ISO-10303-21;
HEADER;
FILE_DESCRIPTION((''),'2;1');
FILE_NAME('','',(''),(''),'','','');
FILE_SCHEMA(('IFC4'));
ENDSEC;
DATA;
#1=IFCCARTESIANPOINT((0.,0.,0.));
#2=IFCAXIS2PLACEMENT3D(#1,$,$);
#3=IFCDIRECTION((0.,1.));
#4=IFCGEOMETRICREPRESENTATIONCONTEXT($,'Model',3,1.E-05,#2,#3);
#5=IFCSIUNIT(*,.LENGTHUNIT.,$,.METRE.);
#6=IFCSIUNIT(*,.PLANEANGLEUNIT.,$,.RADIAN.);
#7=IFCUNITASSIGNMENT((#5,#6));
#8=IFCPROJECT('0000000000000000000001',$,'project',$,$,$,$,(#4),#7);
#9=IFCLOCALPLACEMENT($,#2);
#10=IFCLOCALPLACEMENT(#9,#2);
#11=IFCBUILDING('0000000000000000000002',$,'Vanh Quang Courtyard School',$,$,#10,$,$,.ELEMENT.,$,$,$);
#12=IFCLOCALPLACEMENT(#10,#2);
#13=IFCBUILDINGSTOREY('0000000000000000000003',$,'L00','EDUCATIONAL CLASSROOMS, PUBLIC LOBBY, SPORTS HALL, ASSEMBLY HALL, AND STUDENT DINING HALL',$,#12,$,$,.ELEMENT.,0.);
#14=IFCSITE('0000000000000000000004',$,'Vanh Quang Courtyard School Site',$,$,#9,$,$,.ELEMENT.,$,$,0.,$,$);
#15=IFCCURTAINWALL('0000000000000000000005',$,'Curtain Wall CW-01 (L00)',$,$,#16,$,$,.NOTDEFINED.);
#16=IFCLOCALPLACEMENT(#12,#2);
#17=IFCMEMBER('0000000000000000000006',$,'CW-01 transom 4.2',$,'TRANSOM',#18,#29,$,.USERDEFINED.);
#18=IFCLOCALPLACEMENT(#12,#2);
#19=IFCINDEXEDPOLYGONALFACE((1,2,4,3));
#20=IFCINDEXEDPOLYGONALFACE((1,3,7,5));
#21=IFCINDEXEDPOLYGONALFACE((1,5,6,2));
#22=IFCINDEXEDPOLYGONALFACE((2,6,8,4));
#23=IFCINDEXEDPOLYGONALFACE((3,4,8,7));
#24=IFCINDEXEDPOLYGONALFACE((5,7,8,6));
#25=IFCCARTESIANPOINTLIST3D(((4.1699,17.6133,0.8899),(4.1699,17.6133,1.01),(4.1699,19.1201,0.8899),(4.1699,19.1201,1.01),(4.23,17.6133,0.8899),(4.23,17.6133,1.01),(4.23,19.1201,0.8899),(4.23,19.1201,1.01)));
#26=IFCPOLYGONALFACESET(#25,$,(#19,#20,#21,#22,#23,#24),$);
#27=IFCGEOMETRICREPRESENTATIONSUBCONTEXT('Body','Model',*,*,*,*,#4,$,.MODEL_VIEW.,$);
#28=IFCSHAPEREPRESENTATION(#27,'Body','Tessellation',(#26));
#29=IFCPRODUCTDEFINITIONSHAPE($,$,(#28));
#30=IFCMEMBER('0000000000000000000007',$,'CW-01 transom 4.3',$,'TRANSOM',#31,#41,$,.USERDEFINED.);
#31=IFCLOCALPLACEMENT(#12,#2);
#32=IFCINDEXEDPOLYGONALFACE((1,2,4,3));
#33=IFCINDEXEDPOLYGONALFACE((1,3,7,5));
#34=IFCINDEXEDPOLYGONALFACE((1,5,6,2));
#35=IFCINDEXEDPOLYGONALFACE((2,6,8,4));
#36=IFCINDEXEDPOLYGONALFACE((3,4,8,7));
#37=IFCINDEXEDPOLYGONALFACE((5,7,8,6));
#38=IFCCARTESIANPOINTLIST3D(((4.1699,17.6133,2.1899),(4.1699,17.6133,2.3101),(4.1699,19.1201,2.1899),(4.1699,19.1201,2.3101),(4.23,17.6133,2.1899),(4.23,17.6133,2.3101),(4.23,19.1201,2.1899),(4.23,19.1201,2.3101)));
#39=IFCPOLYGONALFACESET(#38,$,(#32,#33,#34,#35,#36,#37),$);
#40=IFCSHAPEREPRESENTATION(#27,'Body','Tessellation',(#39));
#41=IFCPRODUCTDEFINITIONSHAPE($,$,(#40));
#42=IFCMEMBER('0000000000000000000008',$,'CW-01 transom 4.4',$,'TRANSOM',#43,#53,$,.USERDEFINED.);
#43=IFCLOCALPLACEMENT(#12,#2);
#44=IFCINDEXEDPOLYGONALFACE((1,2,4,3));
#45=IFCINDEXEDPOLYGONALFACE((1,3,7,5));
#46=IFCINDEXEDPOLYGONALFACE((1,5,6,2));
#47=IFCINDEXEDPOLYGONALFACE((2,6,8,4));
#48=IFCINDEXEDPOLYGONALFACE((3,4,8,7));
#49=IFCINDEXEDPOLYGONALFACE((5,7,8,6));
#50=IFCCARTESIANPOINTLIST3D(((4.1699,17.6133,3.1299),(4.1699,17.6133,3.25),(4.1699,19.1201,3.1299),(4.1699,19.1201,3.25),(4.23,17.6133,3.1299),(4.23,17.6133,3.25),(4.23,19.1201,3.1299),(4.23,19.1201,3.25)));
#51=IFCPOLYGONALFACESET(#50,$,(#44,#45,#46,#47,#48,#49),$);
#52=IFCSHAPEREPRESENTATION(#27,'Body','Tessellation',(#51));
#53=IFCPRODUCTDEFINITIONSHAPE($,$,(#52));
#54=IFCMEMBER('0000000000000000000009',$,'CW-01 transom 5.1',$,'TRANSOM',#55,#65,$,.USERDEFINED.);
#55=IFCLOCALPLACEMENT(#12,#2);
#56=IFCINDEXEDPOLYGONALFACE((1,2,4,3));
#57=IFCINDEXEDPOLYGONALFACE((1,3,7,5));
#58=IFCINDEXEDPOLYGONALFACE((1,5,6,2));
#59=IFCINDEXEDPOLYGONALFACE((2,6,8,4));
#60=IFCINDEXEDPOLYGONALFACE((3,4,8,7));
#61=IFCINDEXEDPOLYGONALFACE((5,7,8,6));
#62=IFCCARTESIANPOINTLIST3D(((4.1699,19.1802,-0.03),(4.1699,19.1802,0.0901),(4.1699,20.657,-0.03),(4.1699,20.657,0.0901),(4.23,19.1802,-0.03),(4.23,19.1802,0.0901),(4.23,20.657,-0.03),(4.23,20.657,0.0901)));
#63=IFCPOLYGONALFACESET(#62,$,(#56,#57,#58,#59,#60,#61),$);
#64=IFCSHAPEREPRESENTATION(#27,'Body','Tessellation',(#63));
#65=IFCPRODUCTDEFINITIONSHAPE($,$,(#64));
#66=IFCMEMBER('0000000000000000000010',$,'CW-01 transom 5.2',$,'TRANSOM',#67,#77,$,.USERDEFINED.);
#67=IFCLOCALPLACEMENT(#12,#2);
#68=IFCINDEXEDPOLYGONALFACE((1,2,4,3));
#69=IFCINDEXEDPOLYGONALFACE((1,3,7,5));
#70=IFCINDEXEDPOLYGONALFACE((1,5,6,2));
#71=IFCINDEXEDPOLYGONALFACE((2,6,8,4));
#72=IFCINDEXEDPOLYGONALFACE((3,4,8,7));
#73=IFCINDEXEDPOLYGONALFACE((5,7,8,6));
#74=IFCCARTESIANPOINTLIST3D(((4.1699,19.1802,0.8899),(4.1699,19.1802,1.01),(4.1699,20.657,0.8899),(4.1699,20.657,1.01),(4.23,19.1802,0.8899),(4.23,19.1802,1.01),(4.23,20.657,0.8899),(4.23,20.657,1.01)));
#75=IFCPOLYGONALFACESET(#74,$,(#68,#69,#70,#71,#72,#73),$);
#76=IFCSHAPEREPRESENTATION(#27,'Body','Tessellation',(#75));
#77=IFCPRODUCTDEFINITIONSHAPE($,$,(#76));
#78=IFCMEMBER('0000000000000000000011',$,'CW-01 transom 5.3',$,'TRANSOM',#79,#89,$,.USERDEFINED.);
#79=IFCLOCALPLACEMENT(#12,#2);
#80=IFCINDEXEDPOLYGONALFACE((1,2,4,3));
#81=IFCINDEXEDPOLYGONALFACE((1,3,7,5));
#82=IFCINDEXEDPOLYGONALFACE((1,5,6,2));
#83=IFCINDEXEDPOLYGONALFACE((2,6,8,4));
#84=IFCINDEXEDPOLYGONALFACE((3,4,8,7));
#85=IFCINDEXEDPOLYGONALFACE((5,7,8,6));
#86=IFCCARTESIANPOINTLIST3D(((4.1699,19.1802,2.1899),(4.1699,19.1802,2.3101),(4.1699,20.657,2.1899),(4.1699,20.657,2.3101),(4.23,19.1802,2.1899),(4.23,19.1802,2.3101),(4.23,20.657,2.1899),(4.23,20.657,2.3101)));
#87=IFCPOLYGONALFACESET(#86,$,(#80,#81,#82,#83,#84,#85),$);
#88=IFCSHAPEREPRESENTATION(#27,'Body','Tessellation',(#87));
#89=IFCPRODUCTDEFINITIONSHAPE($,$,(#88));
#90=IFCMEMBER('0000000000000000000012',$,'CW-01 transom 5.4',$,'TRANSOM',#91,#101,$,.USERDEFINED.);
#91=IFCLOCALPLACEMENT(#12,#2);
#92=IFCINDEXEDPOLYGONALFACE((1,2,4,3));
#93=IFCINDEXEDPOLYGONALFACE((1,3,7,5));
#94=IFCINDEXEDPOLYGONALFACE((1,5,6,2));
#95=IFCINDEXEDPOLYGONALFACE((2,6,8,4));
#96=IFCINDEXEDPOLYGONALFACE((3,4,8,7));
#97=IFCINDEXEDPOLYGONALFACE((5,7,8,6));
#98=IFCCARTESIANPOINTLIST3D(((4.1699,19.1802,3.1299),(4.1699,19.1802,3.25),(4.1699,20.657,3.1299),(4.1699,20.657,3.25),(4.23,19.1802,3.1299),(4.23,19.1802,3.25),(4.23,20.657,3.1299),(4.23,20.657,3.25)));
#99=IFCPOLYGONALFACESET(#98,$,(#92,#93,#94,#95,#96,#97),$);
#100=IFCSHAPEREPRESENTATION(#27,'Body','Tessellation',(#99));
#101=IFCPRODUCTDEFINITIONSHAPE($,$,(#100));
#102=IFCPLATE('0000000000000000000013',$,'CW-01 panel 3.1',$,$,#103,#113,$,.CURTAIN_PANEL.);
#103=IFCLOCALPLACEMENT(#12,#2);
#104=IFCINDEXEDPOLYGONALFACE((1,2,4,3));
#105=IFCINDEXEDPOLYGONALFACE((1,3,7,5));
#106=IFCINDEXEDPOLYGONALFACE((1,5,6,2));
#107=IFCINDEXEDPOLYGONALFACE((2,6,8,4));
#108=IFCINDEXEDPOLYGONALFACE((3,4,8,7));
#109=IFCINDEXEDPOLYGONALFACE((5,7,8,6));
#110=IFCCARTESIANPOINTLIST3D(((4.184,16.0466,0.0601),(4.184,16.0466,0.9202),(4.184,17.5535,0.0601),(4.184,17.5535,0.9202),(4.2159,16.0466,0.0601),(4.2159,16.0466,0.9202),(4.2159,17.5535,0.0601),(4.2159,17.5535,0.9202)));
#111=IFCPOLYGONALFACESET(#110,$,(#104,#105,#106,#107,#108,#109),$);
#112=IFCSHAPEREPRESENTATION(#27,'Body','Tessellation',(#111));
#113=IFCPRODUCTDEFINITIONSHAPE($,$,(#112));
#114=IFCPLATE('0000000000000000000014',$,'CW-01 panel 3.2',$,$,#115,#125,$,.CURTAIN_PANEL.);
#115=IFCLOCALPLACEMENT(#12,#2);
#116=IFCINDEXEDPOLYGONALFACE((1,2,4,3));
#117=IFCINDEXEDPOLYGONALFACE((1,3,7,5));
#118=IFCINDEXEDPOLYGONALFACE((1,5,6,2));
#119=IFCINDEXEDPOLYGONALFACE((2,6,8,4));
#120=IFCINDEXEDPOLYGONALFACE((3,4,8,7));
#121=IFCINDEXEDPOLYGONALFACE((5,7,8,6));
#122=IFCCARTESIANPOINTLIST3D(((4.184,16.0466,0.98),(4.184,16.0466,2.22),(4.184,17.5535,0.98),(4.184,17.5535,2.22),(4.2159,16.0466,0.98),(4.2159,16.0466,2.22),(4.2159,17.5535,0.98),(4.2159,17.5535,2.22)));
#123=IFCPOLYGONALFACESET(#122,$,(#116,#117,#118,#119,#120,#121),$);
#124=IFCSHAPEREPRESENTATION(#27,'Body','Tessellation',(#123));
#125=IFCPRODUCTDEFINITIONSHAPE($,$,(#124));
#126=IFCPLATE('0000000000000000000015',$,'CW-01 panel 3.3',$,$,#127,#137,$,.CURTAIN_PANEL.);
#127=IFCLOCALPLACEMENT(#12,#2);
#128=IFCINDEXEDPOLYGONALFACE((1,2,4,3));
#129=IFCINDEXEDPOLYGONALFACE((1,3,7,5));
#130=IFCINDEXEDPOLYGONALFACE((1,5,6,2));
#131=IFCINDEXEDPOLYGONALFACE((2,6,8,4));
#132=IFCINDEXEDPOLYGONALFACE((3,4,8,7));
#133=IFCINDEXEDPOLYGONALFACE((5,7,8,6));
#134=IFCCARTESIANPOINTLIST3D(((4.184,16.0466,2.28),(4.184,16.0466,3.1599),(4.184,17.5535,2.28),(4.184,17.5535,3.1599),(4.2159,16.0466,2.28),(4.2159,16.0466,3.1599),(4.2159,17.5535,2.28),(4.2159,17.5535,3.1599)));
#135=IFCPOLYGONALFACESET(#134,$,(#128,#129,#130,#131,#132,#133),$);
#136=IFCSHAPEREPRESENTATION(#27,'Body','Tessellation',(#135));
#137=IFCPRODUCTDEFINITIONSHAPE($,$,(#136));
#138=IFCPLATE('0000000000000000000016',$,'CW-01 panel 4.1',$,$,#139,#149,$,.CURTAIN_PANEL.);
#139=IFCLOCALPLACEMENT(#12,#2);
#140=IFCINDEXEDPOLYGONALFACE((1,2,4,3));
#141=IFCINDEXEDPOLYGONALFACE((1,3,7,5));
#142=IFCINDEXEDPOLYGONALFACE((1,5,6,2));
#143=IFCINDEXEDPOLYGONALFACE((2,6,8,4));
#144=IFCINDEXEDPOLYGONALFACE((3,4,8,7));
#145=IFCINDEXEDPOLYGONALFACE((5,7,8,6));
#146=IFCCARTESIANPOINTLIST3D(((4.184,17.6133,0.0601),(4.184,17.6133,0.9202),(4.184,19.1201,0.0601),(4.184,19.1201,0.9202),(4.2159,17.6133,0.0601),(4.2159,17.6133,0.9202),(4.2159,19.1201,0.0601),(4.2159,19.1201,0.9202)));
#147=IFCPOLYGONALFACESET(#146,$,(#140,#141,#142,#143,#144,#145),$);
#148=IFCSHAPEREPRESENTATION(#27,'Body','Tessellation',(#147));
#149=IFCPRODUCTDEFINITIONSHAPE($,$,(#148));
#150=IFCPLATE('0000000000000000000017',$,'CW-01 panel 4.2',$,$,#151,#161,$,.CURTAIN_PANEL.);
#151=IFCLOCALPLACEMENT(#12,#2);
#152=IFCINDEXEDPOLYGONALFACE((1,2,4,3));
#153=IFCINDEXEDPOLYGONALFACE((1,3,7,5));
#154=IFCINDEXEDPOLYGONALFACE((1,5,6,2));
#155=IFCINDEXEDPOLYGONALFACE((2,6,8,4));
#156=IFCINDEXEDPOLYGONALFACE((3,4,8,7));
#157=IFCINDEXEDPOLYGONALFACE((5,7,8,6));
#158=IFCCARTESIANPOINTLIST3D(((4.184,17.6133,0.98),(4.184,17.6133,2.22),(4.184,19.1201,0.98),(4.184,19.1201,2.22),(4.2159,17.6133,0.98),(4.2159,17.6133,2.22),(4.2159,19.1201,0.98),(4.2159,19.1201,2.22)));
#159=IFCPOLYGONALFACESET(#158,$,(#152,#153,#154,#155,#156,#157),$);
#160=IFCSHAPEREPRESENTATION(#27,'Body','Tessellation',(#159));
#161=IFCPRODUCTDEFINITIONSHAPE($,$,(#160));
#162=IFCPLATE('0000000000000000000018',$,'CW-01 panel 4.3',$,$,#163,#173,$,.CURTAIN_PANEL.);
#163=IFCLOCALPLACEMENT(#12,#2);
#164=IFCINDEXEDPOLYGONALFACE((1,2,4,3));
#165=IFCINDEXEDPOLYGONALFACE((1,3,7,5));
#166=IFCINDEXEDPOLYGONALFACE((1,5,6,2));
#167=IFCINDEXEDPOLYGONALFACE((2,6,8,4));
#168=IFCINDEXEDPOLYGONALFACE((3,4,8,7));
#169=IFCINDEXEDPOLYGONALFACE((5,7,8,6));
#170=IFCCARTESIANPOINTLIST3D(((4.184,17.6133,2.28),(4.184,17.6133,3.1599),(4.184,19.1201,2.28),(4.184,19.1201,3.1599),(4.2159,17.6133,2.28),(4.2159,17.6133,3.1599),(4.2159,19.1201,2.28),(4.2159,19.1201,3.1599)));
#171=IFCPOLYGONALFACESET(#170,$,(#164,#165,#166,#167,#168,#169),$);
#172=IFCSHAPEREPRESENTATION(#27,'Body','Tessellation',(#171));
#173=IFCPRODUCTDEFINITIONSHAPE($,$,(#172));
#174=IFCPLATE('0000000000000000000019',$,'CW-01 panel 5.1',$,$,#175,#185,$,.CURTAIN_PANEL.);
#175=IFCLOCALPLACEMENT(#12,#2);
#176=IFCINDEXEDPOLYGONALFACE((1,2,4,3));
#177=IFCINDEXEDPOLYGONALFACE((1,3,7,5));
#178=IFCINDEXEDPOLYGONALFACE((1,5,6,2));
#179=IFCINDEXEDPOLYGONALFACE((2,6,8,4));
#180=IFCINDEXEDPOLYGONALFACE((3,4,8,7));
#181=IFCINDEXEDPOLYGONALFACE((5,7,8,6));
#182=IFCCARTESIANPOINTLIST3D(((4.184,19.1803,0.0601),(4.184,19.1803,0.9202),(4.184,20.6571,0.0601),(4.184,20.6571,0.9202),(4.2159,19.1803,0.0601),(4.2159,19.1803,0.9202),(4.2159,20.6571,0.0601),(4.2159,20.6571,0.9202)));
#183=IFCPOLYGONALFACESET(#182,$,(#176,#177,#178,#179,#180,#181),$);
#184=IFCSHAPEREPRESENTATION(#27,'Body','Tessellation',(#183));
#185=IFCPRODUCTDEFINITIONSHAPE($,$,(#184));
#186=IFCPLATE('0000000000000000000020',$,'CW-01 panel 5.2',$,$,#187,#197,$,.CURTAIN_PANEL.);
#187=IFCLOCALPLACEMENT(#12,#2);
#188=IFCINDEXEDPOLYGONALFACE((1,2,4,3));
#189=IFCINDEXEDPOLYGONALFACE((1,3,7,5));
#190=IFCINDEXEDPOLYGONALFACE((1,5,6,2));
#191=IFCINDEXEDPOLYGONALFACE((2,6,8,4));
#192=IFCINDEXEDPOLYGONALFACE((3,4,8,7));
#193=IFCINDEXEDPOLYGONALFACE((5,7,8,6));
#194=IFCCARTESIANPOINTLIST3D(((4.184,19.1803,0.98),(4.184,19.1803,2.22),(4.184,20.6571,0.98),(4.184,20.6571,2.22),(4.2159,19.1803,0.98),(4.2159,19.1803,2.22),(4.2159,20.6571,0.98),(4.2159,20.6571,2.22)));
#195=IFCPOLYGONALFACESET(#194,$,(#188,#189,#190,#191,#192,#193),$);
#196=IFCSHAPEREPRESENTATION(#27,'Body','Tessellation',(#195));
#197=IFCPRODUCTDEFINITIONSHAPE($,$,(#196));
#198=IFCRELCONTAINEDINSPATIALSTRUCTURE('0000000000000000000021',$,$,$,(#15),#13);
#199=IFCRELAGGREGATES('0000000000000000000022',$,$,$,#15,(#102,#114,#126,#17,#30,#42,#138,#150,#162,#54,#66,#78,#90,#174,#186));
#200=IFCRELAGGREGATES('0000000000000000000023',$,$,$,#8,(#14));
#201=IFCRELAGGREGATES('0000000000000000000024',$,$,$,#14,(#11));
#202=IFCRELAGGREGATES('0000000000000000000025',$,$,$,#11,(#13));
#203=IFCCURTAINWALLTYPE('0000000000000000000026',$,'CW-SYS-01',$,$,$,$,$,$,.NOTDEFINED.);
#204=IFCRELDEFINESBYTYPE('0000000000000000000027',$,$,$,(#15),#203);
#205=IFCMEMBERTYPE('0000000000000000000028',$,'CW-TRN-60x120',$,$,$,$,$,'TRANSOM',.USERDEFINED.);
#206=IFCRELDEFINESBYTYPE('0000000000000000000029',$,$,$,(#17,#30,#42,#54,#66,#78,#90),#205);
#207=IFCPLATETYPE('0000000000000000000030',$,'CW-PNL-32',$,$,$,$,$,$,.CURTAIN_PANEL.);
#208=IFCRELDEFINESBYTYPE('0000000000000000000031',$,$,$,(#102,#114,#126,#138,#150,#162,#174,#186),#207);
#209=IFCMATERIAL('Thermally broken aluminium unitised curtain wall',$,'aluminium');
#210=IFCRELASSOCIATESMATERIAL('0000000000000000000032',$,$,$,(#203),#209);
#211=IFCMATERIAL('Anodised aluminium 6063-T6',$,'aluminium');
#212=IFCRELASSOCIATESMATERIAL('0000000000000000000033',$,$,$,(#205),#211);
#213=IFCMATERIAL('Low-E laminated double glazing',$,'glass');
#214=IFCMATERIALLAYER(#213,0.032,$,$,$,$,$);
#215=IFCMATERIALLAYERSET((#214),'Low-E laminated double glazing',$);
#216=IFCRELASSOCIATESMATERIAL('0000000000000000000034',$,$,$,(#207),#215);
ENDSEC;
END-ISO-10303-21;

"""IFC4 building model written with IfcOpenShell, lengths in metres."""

from ifc_helpers import new_model, si_unit, direction, frame, origin, origin_2d, place, context, subcontext, project, spatial, rectangle, extrude, material, layer, layer_set, material_profile, profile_set, type_object, element, aggregate, save


model = new_model("IFC4")

# Units and contexts
model_context = context("Model", 3, precision=1e-05, world=origin(), true_north=direction((0.0, 1.0)))
body_context = subcontext(model_context, "Body", "Model", "MODEL_VIEW")
ifc_project = project(units=[si_unit("LENGTHUNIT", "METRE"), si_unit("PLANEANGLEUNIT", "RADIAN")], contexts=[model_context])

# Site, building, storey
site_placement = place(None, origin())
site = spatial("IfcSite", under=ifc_project, at=site_placement, Name="Vanh Quang Courtyard School Site", CompositionType="ELEMENT", RefElevation=0.0)
building_placement = place(site_placement, origin())
building = spatial("IfcBuilding", under=site, at=building_placement, Name="Vanh Quang Courtyard School", CompositionType="ELEMENT")
storey_placement = place(building_placement, origin())
storey = spatial("IfcBuildingStorey", under=building, at=storey_placement, Name="L00", Description="EDUCATIONAL CLASSROOMS, PUBLIC LOBBY, SPORTS HALL, ASSEMBLY HALL, AND STUDENT DINING HALL", CompositionType="ELEMENT", Elevation=0.0)

# Curtain wall, members, plates
ifc_material_1 = material(Name="Thermally broken aluminium unitised curtain wall", Category="aluminium")
curtain_wall_type = type_object("IfcCurtainWallType", Name="CW-SYS-01", PredefinedType="NOTDEFINED", material=ifc_material_1)
curtain_wall_placement = place(storey_placement, origin())
curtain_wall = element("IfcCurtainWall", 1, at=curtain_wall_placement, inside=storey, type_object=curtain_wall_type, Name="Curtain Wall CW-01 (L00)", PredefinedType="NOTDEFINED")
ifc_material_2 = material(Name="Anodised aluminium 6063-T6", Category="aluminium")
ifc_material_profile_1 = material_profile(ifc_material_2, rectangle(XDim=0.0601, YDim=0.1201, at=origin_2d()), Name="ALU-TRN 60x120")
ifc_profile_set_1 = profile_set([ifc_material_profile_1], Name="Anodised aluminium 6063-T6")
member_type_1 = type_object("IfcMemberType", Name="CW-TRN-60x120", ElementType="TRANSOM", PredefinedType="USERDEFINED", material=ifc_profile_set_1)
member_1_placement = place(storey_placement, frame((4.2, 17.6133, 0.95), z_axis=(0.0, 1.0, 0.0), x_axis=(-1.0, 0.0, 0.0)))
member_1 = element("IfcMember", 2, at=member_1_placement, type_object=member_type_1, Name="CW-01 transom 4.2", ObjectType="TRANSOM", PredefinedType="USERDEFINED", context=body_context, shape_type="SweptSolid", body=[
    extrude(rectangle(XDim=0.0601, YDim=0.1201, at=origin_2d()), origin(), (0.0, 0.0, 1.0), 1.5068),
])
member_2_placement = place(storey_placement, frame((4.2, 17.6133, 2.25), z_axis=(0.0, 1.0, 0.0), x_axis=(-1.0, 0.0, 0.0)))
member_2 = element("IfcMember", 3, at=member_2_placement, type_object=member_type_1, Name="CW-01 transom 4.3", ObjectType="TRANSOM", PredefinedType="USERDEFINED", context=body_context, shape_type="SweptSolid", body=[
    extrude(rectangle(XDim=0.0601, YDim=0.1201, at=origin_2d()), origin(), (0.0, 0.0, 1.0), 1.5068),
])
member_3_placement = place(storey_placement, frame((4.2, 17.6133, 3.1899), z_axis=(0.0, 1.0, 0.0), x_axis=(-1.0, 0.0, 0.0)))
member_3 = element("IfcMember", 4, at=member_3_placement, type_object=member_type_1, Name="CW-01 transom 4.4", ObjectType="TRANSOM", PredefinedType="USERDEFINED", context=body_context, shape_type="SweptSolid", body=[
    extrude(rectangle(XDim=0.0601, YDim=0.1201, at=origin_2d()), origin(), (0.0, 0.0, 1.0), 1.5068),
])
member_4_placement = place(storey_placement, frame((4.2, 19.1802, 0.03), z_axis=(0.0, 1.0, 0.0), x_axis=(-1.0, 0.0, 0.0)))
member_4 = element("IfcMember", 5, at=member_4_placement, type_object=member_type_1, Name="CW-01 transom 5.1", ObjectType="TRANSOM", PredefinedType="USERDEFINED", context=body_context, shape_type="SweptSolid", body=[
    extrude(rectangle(XDim=0.0601, YDim=0.1201, at=origin_2d()), origin(), (0.0, 0.0, 1.0), 1.4768),
])
member_5_placement = place(storey_placement, frame((4.2, 19.1802, 0.95), z_axis=(0.0, 1.0, 0.0), x_axis=(-1.0, 0.0, 0.0)))
member_5 = element("IfcMember", 6, at=member_5_placement, type_object=member_type_1, Name="CW-01 transom 5.2", ObjectType="TRANSOM", PredefinedType="USERDEFINED", context=body_context, shape_type="SweptSolid", body=[
    extrude(rectangle(XDim=0.0601, YDim=0.1201, at=origin_2d()), origin(), (0.0, 0.0, 1.0), 1.4768),
])
member_6_placement = place(storey_placement, frame((4.2, 19.1802, 2.25), z_axis=(0.0, 1.0, 0.0), x_axis=(-1.0, 0.0, 0.0)))
member_6 = element("IfcMember", 7, at=member_6_placement, type_object=member_type_1, Name="CW-01 transom 5.3", ObjectType="TRANSOM", PredefinedType="USERDEFINED", context=body_context, shape_type="SweptSolid", body=[
    extrude(rectangle(XDim=0.0601, YDim=0.1201, at=origin_2d()), origin(), (0.0, 0.0, 1.0), 1.4768),
])
member_7_placement = place(storey_placement, frame((4.2, 19.1802, 3.1899), z_axis=(0.0, 1.0, 0.0), x_axis=(-1.0, 0.0, 0.0)))
member_7 = element("IfcMember", 8, at=member_7_placement, type_object=member_type_1, Name="CW-01 transom 5.4", ObjectType="TRANSOM", PredefinedType="USERDEFINED", context=body_context, shape_type="SweptSolid", body=[
    extrude(rectangle(XDim=0.0601, YDim=0.1201, at=origin_2d()), origin(), (0.0, 0.0, 1.0), 1.4768),
])
ifc_material_3 = material(Name="Low-E laminated double glazing", Category="glass")
ifc_layer_1 = layer(ifc_material_3, 0.032)
ifc_layer_set_1 = layer_set([ifc_layer_1], Name="Low-E laminated double glazing")
plate_type = type_object("IfcPlateType", Name="CW-PNL-32", PredefinedType="CURTAIN_PANEL", material=ifc_layer_set_1)
plate_1_placement = place(storey_placement, frame((4.2, 16.8, 0.0601), z_axis=(0.0, 0.0, 1.0), x_axis=(0.0, 1.0, 0.0)))
plate_1 = element("IfcPlate", 9, at=plate_1_placement, type_object=plate_type, Name="CW-01 panel 3.1", PredefinedType="CURTAIN_PANEL", context=body_context, shape_type="SweptSolid", body=[
    extrude(rectangle(XDim=1.5068, YDim=0.032, at=origin_2d()), origin(), (0.0, 0.0, 1.0), 0.8601),
])
plate_2_placement = place(storey_placement, frame((4.2, 16.8, 0.98), z_axis=(0.0, 0.0, 1.0), x_axis=(0.0, 1.0, 0.0)))
plate_2 = element("IfcPlate", 10, at=plate_2_placement, type_object=plate_type, Name="CW-01 panel 3.2", PredefinedType="CURTAIN_PANEL", context=body_context, shape_type="SweptSolid", body=[
    extrude(rectangle(XDim=1.5068, YDim=0.032, at=origin_2d()), origin(), (0.0, 0.0, 1.0), 1.24),
])
plate_3_placement = place(storey_placement, frame((4.2, 16.8, 2.28), z_axis=(0.0, 0.0, 1.0), x_axis=(0.0, 1.0, 0.0)))
plate_3 = element("IfcPlate", 11, at=plate_3_placement, type_object=plate_type, Name="CW-01 panel 3.3", PredefinedType="CURTAIN_PANEL", context=body_context, shape_type="SweptSolid", body=[
    extrude(rectangle(XDim=1.5068, YDim=0.032, at=origin_2d()), origin(), (0.0, 0.0, 1.0), 0.8799),
])
plate_4_placement = place(storey_placement, frame((4.2, 18.3667, 0.0601), z_axis=(0.0, 0.0, 1.0), x_axis=(0.0, 1.0, 0.0)))
plate_4 = element("IfcPlate", 12, at=plate_4_placement, type_object=plate_type, Name="CW-01 panel 4.1", PredefinedType="CURTAIN_PANEL", context=body_context, shape_type="SweptSolid", body=[
    extrude(rectangle(XDim=1.5068, YDim=0.032, at=origin_2d()), origin(), (0.0, 0.0, 1.0), 0.8601),
])
plate_5_placement = place(storey_placement, frame((4.2, 18.3667, 0.98), z_axis=(0.0, 0.0, 1.0), x_axis=(0.0, 1.0, 0.0)))
plate_5 = element("IfcPlate", 13, at=plate_5_placement, type_object=plate_type, Name="CW-01 panel 4.2", PredefinedType="CURTAIN_PANEL", context=body_context, shape_type="SweptSolid", body=[
    extrude(rectangle(XDim=1.5068, YDim=0.032, at=origin_2d()), origin(), (0.0, 0.0, 1.0), 1.24),
])
plate_6_placement = place(storey_placement, frame((4.2, 18.3667, 2.28), z_axis=(0.0, 0.0, 1.0), x_axis=(0.0, 1.0, 0.0)))
plate_6 = element("IfcPlate", 14, at=plate_6_placement, type_object=plate_type, Name="CW-01 panel 4.3", PredefinedType="CURTAIN_PANEL", context=body_context, shape_type="SweptSolid", body=[
    extrude(rectangle(XDim=1.5068, YDim=0.032, at=origin_2d()), origin(), (0.0, 0.0, 1.0), 0.8799),
])
plate_7_placement = place(storey_placement, frame((4.2, 19.9187, 0.0601), z_axis=(0.0, 0.0, 1.0), x_axis=(0.0, 1.0, 0.0)))
plate_7 = element("IfcPlate", 15, at=plate_7_placement, type_object=plate_type, Name="CW-01 panel 5.1", PredefinedType="CURTAIN_PANEL", context=body_context, shape_type="SweptSolid", body=[
    extrude(rectangle(XDim=1.4768, YDim=0.032, at=origin_2d()), origin(), (0.0, 0.0, 1.0), 0.8601),
])
plate_8_placement = place(storey_placement, frame((4.2, 19.9187, 0.98), z_axis=(0.0, 0.0, 1.0), x_axis=(0.0, 1.0, 0.0)))
plate_8 = element("IfcPlate", 16, at=plate_8_placement, type_object=plate_type, Name="CW-01 panel 5.2", PredefinedType="CURTAIN_PANEL", context=body_context, shape_type="SweptSolid", body=[
    extrude(rectangle(XDim=1.4768, YDim=0.032, at=origin_2d()), origin(), (0.0, 0.0, 1.0), 1.24),
])
aggregate(curtain_wall, [plate_1, plate_2, plate_3, member_1, member_2, member_3, plate_4, plate_5, plate_6, member_4, member_5, member_6, member_7, plate_7, plate_8])

save(model, "model.ifc")
